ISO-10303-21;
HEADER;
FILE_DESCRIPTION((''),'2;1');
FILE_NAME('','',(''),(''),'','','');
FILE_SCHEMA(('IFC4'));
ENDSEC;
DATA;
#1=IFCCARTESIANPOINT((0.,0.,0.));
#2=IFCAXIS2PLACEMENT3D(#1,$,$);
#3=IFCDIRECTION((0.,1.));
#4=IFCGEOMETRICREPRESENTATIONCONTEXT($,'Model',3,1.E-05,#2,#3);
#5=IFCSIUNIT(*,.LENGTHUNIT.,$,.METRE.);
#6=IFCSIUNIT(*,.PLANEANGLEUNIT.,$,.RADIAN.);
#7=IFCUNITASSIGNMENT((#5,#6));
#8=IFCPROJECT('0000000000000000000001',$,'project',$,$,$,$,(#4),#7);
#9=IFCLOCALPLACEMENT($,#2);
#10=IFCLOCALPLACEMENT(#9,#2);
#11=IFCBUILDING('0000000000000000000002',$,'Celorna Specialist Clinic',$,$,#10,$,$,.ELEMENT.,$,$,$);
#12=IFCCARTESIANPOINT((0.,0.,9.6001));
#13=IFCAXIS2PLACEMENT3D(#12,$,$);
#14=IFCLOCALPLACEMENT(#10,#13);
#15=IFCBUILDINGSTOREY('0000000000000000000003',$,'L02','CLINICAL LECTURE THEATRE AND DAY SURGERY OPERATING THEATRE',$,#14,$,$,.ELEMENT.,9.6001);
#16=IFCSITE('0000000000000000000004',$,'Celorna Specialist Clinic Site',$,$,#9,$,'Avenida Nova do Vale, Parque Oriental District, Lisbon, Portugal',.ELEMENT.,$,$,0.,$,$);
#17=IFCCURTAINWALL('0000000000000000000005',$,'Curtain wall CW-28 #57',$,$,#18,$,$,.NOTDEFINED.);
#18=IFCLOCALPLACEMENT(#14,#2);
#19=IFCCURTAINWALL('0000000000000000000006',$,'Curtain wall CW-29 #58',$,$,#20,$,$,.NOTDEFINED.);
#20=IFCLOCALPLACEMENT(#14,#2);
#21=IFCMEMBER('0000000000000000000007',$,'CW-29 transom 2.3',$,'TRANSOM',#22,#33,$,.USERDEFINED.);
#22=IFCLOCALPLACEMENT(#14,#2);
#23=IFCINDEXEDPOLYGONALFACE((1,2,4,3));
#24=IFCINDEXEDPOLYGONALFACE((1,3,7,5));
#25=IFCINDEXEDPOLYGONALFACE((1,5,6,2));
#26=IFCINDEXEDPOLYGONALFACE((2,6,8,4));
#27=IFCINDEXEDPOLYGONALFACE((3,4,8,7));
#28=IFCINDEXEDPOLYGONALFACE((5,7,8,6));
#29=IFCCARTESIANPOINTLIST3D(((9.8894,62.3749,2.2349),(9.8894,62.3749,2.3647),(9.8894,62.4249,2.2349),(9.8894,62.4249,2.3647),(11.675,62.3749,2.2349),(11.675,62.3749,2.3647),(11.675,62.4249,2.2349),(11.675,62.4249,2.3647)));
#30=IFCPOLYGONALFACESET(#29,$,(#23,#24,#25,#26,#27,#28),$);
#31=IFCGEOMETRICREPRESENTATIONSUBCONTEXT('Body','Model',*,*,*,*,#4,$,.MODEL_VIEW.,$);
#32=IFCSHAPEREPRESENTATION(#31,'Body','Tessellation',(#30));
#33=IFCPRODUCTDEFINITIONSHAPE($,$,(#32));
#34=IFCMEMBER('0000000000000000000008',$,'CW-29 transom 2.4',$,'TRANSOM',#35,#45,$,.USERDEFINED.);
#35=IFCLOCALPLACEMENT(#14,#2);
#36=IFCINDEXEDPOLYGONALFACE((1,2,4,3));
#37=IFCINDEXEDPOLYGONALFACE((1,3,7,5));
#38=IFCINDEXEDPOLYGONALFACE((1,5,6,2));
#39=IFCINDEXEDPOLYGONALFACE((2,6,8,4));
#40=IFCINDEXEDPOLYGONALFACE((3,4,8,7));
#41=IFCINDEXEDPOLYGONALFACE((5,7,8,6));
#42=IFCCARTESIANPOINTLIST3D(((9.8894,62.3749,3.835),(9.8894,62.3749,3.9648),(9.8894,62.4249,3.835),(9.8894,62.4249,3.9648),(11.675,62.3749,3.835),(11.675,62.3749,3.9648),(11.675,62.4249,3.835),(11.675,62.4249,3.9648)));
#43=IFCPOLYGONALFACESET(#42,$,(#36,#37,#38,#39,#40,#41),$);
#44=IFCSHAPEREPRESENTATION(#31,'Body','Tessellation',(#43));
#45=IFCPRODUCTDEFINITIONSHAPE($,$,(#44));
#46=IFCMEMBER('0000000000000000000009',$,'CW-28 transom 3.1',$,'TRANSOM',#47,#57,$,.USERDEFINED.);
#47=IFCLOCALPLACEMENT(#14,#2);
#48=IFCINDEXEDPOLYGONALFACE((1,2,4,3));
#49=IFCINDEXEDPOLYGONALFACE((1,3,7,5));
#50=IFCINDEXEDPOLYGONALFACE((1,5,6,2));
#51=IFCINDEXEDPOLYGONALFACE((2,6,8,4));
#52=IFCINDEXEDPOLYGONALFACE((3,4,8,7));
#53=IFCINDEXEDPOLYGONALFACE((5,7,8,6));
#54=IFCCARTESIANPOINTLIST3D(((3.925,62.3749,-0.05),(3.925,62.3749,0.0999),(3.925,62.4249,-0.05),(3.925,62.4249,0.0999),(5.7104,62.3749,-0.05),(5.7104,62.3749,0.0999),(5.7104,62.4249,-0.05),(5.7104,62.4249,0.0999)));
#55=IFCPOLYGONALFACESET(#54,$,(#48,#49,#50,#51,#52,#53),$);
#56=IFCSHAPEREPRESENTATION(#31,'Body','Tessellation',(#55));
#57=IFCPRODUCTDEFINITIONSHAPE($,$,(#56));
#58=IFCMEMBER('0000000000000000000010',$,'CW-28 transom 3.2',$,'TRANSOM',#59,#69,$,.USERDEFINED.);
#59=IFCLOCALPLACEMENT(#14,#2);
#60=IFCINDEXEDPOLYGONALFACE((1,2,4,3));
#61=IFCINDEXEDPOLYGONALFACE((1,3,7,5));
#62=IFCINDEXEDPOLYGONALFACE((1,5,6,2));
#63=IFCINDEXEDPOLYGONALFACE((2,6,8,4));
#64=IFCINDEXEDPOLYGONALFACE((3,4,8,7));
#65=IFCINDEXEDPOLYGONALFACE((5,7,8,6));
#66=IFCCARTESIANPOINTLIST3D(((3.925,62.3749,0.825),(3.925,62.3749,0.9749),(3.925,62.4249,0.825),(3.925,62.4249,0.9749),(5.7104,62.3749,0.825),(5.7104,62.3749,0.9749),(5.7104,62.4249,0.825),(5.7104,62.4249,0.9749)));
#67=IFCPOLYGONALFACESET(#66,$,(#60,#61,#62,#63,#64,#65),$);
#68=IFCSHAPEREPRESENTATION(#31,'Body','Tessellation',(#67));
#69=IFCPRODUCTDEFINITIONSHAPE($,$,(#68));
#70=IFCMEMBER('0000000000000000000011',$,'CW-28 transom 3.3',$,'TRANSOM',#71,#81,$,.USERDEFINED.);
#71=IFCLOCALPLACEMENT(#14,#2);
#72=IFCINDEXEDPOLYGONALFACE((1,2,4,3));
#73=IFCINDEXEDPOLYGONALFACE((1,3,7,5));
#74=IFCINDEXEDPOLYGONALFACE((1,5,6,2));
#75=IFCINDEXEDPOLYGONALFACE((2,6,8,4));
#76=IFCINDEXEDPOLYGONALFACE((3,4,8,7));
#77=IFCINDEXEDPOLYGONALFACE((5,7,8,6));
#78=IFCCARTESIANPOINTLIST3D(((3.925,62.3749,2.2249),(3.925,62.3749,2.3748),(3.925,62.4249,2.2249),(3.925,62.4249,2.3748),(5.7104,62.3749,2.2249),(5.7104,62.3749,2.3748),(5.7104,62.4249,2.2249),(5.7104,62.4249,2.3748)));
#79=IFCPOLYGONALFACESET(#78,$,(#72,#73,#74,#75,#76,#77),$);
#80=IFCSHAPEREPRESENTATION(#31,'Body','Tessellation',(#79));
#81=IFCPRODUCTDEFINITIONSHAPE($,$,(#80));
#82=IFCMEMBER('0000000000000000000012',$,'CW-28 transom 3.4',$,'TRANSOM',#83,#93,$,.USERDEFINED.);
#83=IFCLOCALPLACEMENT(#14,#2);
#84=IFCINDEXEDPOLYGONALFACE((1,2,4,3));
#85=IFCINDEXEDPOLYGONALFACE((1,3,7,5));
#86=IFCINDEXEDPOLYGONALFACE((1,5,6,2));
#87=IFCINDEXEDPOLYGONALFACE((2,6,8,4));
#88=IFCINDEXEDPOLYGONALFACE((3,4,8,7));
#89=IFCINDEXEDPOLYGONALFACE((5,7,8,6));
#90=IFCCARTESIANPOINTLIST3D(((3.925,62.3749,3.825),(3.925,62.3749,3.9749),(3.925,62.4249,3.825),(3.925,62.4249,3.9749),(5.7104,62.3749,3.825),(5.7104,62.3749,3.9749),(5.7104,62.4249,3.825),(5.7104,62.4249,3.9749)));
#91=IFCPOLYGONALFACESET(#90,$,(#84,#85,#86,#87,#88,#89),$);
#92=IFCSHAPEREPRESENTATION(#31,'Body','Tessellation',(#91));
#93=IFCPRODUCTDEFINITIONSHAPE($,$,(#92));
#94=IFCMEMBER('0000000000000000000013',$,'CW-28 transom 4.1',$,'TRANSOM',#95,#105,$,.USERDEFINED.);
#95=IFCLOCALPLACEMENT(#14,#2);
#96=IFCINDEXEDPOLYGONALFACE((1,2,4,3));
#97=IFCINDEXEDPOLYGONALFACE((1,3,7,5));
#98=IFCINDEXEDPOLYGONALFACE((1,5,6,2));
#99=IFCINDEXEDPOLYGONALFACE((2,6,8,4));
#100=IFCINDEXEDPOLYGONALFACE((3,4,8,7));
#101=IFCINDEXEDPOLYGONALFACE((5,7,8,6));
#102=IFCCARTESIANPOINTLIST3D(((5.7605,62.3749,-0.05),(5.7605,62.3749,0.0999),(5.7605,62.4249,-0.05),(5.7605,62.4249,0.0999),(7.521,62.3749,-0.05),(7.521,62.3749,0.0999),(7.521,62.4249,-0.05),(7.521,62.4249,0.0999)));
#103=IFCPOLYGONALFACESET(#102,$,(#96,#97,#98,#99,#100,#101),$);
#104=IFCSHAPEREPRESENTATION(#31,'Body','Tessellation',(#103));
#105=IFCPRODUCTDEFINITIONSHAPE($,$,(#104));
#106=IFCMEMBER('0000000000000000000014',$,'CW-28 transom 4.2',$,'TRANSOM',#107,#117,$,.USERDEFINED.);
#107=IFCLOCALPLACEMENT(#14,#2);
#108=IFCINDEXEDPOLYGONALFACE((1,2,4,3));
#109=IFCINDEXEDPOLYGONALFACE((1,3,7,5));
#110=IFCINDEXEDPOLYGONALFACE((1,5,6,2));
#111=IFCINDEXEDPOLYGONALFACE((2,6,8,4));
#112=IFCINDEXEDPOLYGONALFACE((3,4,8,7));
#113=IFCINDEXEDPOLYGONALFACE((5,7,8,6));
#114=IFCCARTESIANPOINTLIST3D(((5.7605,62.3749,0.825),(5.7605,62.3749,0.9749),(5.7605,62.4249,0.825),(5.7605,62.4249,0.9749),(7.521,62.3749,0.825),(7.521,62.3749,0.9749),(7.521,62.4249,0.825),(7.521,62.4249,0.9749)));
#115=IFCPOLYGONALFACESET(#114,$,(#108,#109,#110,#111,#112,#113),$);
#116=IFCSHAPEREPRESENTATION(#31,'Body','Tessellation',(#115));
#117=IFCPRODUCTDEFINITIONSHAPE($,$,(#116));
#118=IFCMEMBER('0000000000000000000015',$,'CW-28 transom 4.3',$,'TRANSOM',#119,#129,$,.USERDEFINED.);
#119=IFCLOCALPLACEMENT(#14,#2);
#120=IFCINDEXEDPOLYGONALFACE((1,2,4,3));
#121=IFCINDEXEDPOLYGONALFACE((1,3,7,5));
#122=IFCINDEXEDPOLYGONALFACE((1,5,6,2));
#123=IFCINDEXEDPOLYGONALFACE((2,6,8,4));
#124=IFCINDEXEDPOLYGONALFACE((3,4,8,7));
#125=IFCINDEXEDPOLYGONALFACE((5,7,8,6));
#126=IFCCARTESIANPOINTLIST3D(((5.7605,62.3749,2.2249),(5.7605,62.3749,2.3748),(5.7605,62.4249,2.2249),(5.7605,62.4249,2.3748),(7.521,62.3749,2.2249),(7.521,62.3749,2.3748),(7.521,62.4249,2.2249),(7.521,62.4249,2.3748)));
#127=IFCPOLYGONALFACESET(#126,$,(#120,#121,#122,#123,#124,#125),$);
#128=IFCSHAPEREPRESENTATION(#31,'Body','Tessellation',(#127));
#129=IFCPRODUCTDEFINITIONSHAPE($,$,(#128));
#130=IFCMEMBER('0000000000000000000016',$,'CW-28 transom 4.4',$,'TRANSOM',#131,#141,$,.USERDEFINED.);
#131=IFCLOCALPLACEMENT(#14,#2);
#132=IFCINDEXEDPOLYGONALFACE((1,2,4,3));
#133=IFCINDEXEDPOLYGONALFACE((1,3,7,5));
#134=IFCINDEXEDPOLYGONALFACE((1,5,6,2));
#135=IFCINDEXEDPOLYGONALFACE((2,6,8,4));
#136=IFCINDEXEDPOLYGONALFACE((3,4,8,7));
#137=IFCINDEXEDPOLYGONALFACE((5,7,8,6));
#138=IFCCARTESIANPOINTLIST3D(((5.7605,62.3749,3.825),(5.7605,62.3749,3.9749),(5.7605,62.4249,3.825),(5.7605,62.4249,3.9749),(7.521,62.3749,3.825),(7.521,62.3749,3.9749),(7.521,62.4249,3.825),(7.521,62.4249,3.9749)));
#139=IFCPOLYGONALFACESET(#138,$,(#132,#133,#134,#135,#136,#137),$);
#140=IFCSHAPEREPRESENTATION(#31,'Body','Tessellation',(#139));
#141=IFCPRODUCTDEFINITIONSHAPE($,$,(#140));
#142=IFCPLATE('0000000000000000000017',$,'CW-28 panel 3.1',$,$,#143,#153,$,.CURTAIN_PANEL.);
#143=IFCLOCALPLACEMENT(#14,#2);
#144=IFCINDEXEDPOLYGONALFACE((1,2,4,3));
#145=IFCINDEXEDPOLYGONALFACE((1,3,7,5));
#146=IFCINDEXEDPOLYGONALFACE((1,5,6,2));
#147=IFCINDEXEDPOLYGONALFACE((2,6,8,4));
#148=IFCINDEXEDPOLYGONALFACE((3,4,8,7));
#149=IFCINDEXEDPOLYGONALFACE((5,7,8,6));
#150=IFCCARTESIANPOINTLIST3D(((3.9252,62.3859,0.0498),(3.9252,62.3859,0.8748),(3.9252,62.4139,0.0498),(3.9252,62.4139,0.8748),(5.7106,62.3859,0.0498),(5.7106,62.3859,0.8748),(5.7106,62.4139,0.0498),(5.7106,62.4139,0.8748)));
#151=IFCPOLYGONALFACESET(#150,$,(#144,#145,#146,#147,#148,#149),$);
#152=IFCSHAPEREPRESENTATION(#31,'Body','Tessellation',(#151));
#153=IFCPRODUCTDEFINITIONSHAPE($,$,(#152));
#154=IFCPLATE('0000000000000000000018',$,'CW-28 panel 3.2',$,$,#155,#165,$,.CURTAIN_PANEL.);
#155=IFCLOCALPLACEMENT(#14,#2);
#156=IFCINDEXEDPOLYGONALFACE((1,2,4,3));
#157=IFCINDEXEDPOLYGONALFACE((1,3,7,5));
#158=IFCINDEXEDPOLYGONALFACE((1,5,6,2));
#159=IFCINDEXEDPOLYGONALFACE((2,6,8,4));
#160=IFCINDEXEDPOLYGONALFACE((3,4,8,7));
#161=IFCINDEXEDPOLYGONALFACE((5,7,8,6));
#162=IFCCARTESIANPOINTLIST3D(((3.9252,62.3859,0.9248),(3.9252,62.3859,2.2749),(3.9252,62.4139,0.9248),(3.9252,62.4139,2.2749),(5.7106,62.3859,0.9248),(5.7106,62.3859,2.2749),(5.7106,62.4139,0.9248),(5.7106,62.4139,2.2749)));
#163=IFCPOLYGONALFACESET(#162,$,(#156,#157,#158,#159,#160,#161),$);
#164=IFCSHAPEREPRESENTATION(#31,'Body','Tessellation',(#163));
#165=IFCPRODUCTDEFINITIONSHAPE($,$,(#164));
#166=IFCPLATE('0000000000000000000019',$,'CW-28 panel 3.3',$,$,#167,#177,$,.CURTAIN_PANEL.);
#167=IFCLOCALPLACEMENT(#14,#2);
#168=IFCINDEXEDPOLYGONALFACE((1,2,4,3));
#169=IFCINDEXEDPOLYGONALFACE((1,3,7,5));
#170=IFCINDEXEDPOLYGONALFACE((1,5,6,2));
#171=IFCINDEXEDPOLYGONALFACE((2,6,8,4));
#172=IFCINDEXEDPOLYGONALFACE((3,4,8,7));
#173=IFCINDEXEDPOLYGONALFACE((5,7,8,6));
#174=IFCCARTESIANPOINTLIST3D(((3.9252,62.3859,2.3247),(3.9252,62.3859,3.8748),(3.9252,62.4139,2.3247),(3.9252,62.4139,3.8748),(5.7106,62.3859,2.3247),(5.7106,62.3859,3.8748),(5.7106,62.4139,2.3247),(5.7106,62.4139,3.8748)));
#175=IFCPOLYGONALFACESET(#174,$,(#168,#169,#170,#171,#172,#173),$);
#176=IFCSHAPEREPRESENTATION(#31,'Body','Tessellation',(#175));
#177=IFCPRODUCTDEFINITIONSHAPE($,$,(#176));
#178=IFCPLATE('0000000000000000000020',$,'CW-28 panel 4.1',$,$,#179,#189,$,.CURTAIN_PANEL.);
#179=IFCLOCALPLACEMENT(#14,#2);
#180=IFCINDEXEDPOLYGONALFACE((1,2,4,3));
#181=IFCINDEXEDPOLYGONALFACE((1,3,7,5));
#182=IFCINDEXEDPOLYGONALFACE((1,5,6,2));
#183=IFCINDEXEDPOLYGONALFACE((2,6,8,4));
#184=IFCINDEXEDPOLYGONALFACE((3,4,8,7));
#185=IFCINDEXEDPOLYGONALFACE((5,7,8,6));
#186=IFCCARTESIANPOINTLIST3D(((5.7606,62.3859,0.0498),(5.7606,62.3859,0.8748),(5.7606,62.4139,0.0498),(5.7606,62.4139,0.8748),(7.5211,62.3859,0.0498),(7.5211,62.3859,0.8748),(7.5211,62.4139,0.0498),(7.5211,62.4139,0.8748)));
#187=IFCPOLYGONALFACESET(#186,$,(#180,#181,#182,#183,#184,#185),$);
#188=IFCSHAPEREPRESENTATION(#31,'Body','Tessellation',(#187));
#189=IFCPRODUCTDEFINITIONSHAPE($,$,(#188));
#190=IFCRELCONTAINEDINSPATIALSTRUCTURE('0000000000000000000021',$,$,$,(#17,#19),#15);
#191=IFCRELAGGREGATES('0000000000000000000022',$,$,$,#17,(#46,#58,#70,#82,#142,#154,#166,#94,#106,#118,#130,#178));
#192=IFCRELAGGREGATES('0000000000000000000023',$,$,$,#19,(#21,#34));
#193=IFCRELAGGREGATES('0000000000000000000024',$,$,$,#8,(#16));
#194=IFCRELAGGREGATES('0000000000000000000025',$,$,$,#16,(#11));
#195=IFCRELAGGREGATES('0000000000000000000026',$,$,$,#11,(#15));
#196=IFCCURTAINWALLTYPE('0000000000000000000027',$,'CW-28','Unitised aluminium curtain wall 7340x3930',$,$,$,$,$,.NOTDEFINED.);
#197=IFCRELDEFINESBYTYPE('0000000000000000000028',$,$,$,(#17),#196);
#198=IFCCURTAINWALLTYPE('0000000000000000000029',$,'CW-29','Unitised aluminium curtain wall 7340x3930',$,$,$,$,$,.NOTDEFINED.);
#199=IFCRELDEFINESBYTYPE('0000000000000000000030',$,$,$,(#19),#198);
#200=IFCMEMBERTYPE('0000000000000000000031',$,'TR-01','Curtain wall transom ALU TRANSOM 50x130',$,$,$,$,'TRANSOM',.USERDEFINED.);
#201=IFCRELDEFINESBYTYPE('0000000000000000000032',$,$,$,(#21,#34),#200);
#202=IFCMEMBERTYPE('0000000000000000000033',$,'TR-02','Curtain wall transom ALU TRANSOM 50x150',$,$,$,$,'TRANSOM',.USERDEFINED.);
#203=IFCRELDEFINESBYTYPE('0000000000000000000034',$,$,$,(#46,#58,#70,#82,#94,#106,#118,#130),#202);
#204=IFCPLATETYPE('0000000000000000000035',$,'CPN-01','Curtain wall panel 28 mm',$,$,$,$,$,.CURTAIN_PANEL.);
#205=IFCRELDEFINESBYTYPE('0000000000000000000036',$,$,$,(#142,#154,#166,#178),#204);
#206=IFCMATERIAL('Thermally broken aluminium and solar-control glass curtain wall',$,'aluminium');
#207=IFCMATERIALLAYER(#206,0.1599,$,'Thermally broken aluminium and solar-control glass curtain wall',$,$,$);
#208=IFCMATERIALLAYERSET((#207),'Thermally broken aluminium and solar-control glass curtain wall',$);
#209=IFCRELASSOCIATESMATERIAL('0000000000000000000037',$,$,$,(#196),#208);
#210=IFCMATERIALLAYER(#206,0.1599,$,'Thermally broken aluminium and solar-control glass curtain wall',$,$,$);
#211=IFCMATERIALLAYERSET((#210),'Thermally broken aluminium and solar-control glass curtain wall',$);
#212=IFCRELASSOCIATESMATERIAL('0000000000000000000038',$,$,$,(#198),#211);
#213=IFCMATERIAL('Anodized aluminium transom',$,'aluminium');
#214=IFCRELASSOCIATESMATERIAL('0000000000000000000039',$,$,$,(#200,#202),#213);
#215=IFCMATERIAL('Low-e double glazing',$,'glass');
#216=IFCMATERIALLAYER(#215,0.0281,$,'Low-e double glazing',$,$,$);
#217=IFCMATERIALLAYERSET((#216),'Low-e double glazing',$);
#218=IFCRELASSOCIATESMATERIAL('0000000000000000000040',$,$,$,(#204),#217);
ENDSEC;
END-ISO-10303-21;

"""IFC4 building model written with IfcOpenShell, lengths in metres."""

from ifc_helpers import new_model, si_unit, direction, frame, origin, origin_2d, place, context, subcontext, project, spatial, rectangle, extrude, material, layer, layer_set, material_profile, profile_set, type_object, element, aggregate, save


model = new_model("IFC4")

# Units and contexts
model_context = context("Model", 3, precision=1e-05, world=origin(), true_north=direction((0.0, 1.0)))
body_context = subcontext(model_context, "Body", "Model", "MODEL_VIEW")
ifc_project = project(units=[si_unit("LENGTHUNIT", "METRE"), si_unit("PLANEANGLEUNIT", "RADIAN")], contexts=[model_context])

# Site, building, storey
site_placement = place(None, origin())
site = spatial("IfcSite", under=ifc_project, at=site_placement, Name="Celorna Specialist Clinic Site", LongName="Avenida Nova do Vale, Parque Oriental District, Lisbon, Portugal", CompositionType="ELEMENT", RefElevation=0.0)
building_placement = place(site_placement, origin())
building = spatial("IfcBuilding", under=site, at=building_placement, Name="Celorna Specialist Clinic", CompositionType="ELEMENT")
storey_placement = place(building_placement, frame((0.0, 0.0, 9.6001)))
storey = spatial("IfcBuildingStorey", under=building, at=storey_placement, Name="L02", Description="CLINICAL LECTURE THEATRE AND DAY SURGERY OPERATING THEATRE", CompositionType="ELEMENT", Elevation=9.6001)

# Curtain walls, members
ifc_material_1 = material(Name="Thermally broken aluminium and solar-control glass curtain wall", Category="aluminium")
ifc_layer_1 = layer(ifc_material_1, 0.1599, Name="Thermally broken aluminium and solar-control glass curtain wall")
ifc_layer_set_1 = layer_set([ifc_layer_1], Name="Thermally broken aluminium and solar-control glass curtain wall")
curtain_wall_type_1 = type_object("IfcCurtainWallType", Name="CW-28", Description="Unitised aluminium curtain wall 7340x3930", PredefinedType="NOTDEFINED", material=ifc_layer_set_1)
curtain_wall_1_placement = place(storey_placement, origin())
curtain_wall_1 = element("IfcCurtainWall", 1, at=curtain_wall_1_placement, inside=storey, type_object=curtain_wall_type_1, Name="Curtain wall CW-28 #57", PredefinedType="NOTDEFINED")
ifc_layer_2 = layer(ifc_material_1, 0.1599, Name="Thermally broken aluminium and solar-control glass curtain wall")
ifc_layer_set_2 = layer_set([ifc_layer_2], Name="Thermally broken aluminium and solar-control glass curtain wall")
curtain_wall_type_2 = type_object("IfcCurtainWallType", Name="CW-29", Description="Unitised aluminium curtain wall 7340x3930", PredefinedType="NOTDEFINED", material=ifc_layer_set_2)
curtain_wall_2_placement = place(storey_placement, origin())
curtain_wall_2 = element("IfcCurtainWall", 2, at=curtain_wall_2_placement, inside=storey, type_object=curtain_wall_type_2, Name="Curtain wall CW-29 #58", PredefinedType="NOTDEFINED")
ifc_material_2 = material(Name="Anodized aluminium transom", Category="aluminium")
ifc_material_profile_1 = material_profile(ifc_material_2, rectangle(XDim=0.05, YDim=0.1299, at=origin_2d()), Name="ALU TRANSOM 50x130")
ifc_profile_set_1 = profile_set([ifc_material_profile_1], Name="Anodized aluminium transom")
member_type_1 = type_object("IfcMemberType", Name="TR-01", Description="Curtain wall transom ALU TRANSOM 50x130", ElementType="TRANSOM", PredefinedType="USERDEFINED", material=ifc_profile_set_1)
member_1_placement = place(storey_placement, frame((9.8894, 62.3999, 2.2998), z_axis=(1.0, 0.0, 0.0), x_axis=(0.0, 1.0, 0.0)))
member_1 = element("IfcMember", 3, at=member_1_placement, type_object=member_type_1, Name="CW-29 transom 2.3", ObjectType="TRANSOM", PredefinedType="USERDEFINED", context=body_context, shape_type="SweptSolid", body=[
    extrude(rectangle(XDim=0.05, YDim=0.1299, at=origin_2d()), origin(), (0.0, 0.0, 1.0), 1.7856),
])
member_2_placement = place(storey_placement, frame((9.8894, 62.3999, 3.8999), z_axis=(1.0, 0.0, 0.0), x_axis=(0.0, 1.0, 0.0)))
member_2 = element("IfcMember", 4, at=member_2_placement, type_object=member_type_1, Name="CW-29 transom 2.4", ObjectType="TRANSOM", PredefinedType="USERDEFINED", context=body_context, shape_type="SweptSolid", body=[
    extrude(rectangle(XDim=0.05, YDim=0.1299, at=origin_2d()), origin(), (0.0, 0.0, 1.0), 1.7856),
])

# Members
ifc_material_profile_2 = material_profile(ifc_material_2, rectangle(XDim=0.05, YDim=0.1499, at=origin_2d()), Name="ALU TRANSOM 50x150")
ifc_profile_set_2 = profile_set([ifc_material_profile_2], Name="Anodized aluminium transom")
member_type_2 = type_object("IfcMemberType", Name="TR-02", Description="Curtain wall transom ALU TRANSOM 50x150", ElementType="TRANSOM", PredefinedType="USERDEFINED", material=ifc_profile_set_2)
member_3_placement = place(storey_placement, frame((3.925, 62.3999, 0.0249), z_axis=(1.0, 0.0, 0.0), x_axis=(0.0, 1.0, 0.0)))
member_3 = element("IfcMember", 5, at=member_3_placement, type_object=member_type_2, Name="CW-28 transom 3.1", ObjectType="TRANSOM", PredefinedType="USERDEFINED", context=body_context, shape_type="SweptSolid", body=[
    extrude(rectangle(XDim=0.05, YDim=0.1499, at=origin_2d()), origin(), (0.0, 0.0, 1.0), 1.7854),
])
member_4_placement = place(storey_placement, frame((3.925, 62.3999, 0.8999), z_axis=(1.0, 0.0, 0.0), x_axis=(0.0, 1.0, 0.0)))
member_4 = element("IfcMember", 6, at=member_4_placement, type_object=member_type_2, Name="CW-28 transom 3.2", ObjectType="TRANSOM", PredefinedType="USERDEFINED", context=body_context, shape_type="SweptSolid", body=[
    extrude(rectangle(XDim=0.05, YDim=0.1499, at=origin_2d()), origin(), (0.0, 0.0, 1.0), 1.7854),
])
member_5_placement = place(storey_placement, frame((3.925, 62.3999, 2.2998), z_axis=(1.0, 0.0, 0.0), x_axis=(0.0, 1.0, 0.0)))
member_5 = element("IfcMember", 7, at=member_5_placement, type_object=member_type_2, Name="CW-28 transom 3.3", ObjectType="TRANSOM", PredefinedType="USERDEFINED", context=body_context, shape_type="SweptSolid", body=[
    extrude(rectangle(XDim=0.05, YDim=0.1499, at=origin_2d()), origin(), (0.0, 0.0, 1.0), 1.7854),
])
member_6_placement = place(storey_placement, frame((3.925, 62.3999, 3.8999), z_axis=(1.0, 0.0, 0.0), x_axis=(0.0, 1.0, 0.0)))
member_6 = element("IfcMember", 8, at=member_6_placement, type_object=member_type_2, Name="CW-28 transom 3.4", ObjectType="TRANSOM", PredefinedType="USERDEFINED", context=body_context, shape_type="SweptSolid", body=[
    extrude(rectangle(XDim=0.05, YDim=0.1499, at=origin_2d()), origin(), (0.0, 0.0, 1.0), 1.7854),
])
member_7_placement = place(storey_placement, frame((5.7605, 62.3999, 0.0249), z_axis=(1.0, 0.0, 0.0), x_axis=(0.0, 1.0, 0.0)))
member_7 = element("IfcMember", 9, at=member_7_placement, type_object=member_type_2, Name="CW-28 transom 4.1", ObjectType="TRANSOM", PredefinedType="USERDEFINED", context=body_context, shape_type="SweptSolid", body=[
    extrude(rectangle(XDim=0.05, YDim=0.1499, at=origin_2d()), origin(), (0.0, 0.0, 1.0), 1.7605),
])
member_8_placement = place(storey_placement, frame((5.7605, 62.3999, 0.8999), z_axis=(1.0, 0.0, 0.0), x_axis=(0.0, 1.0, 0.0)))
member_8 = element("IfcMember", 10, at=member_8_placement, type_object=member_type_2, Name="CW-28 transom 4.2", ObjectType="TRANSOM", PredefinedType="USERDEFINED", context=body_context, shape_type="SweptSolid", body=[
    extrude(rectangle(XDim=0.05, YDim=0.1499, at=origin_2d()), origin(), (0.0, 0.0, 1.0), 1.7605),
])
member_9_placement = place(storey_placement, frame((5.7605, 62.3999, 2.2998), z_axis=(1.0, 0.0, 0.0), x_axis=(0.0, 1.0, 0.0)))
member_9 = element("IfcMember", 11, at=member_9_placement, type_object=member_type_2, Name="CW-28 transom 4.3", ObjectType="TRANSOM", PredefinedType="USERDEFINED", context=body_context, shape_type="SweptSolid", body=[
    extrude(rectangle(XDim=0.05, YDim=0.1499, at=origin_2d()), origin(), (0.0, 0.0, 1.0), 1.7605),
])
member_10_placement = place(storey_placement, frame((5.7605, 62.3999, 3.8999), z_axis=(1.0, 0.0, 0.0), x_axis=(0.0, 1.0, 0.0)))
member_10 = element("IfcMember", 12, at=member_10_placement, type_object=member_type_2, Name="CW-28 transom 4.4", ObjectType="TRANSOM", PredefinedType="USERDEFINED", context=body_context, shape_type="SweptSolid", body=[
    extrude(rectangle(XDim=0.05, YDim=0.1499, at=origin_2d()), origin(), (0.0, 0.0, 1.0), 1.7605),
])

# Plates
ifc_material_3 = material(Name="Low-e double glazing", Category="glass")
ifc_layer_3 = layer(ifc_material_3, 0.0281, Name="Low-e double glazing")
ifc_layer_set_3 = layer_set([ifc_layer_3], Name="Low-e double glazing")
plate_type_1 = type_object("IfcPlateType", Name="CPN-01", Description="Curtain wall panel 28 mm", PredefinedType="CURTAIN_PANEL", material=ifc_layer_set_3)
plate_1_placement = place(storey_placement, frame((4.8179, 62.3999, 0.0498), z_axis=(0.0, 0.0, 1.0), x_axis=(1.0, 0.0, 0.0)))
plate_1 = element("IfcPlate", 13, at=plate_1_placement, type_object=plate_type_1, Name="CW-28 panel 3.1", PredefinedType="CURTAIN_PANEL", context=body_context, shape_type="SweptSolid", body=[
    extrude(rectangle(XDim=1.7854, YDim=0.0281, at=origin_2d()), origin(), (0.0, 0.0, 1.0), 0.825),
])
plate_2_placement = place(storey_placement, frame((4.8179, 62.3999, 0.9248), z_axis=(0.0, 0.0, 1.0), x_axis=(1.0, 0.0, 0.0)))
plate_2 = element("IfcPlate", 14, at=plate_2_placement, type_object=plate_type_1, Name="CW-28 panel 3.2", PredefinedType="CURTAIN_PANEL", context=body_context, shape_type="SweptSolid", body=[
    extrude(rectangle(XDim=1.7854, YDim=0.0281, at=origin_2d()), origin(), (0.0, 0.0, 1.0), 1.3501),
])
plate_3_placement = place(storey_placement, frame((4.8179, 62.3999, 2.3247), z_axis=(0.0, 0.0, 1.0), x_axis=(1.0, 0.0, 0.0)))
plate_3 = element("IfcPlate", 15, at=plate_3_placement, type_object=plate_type_1, Name="CW-28 panel 3.3", PredefinedType="CURTAIN_PANEL", context=body_context, shape_type="SweptSolid", body=[
    extrude(rectangle(XDim=1.7854, YDim=0.0281, at=origin_2d()), origin(), (0.0, 0.0, 1.0), 1.55),
])
plate_4_placement = place(storey_placement, frame((6.6409, 62.3999, 0.0498), z_axis=(0.0, 0.0, 1.0), x_axis=(1.0, 0.0, 0.0)))
plate_4 = element("IfcPlate", 16, at=plate_4_placement, type_object=plate_type_1, Name="CW-28 panel 4.1", PredefinedType="CURTAIN_PANEL", context=body_context, shape_type="SweptSolid", body=[
    extrude(rectangle(XDim=1.7605, YDim=0.0281, at=origin_2d()), origin(), (0.0, 0.0, 1.0), 0.825),
])
aggregate(curtain_wall_1, [member_3, member_4, member_5, member_6, plate_1, plate_2, plate_3, member_7, member_8, member_9, member_10, plate_4])
aggregate(curtain_wall_2, [member_1, member_2])

save(model, "model.ifc")
